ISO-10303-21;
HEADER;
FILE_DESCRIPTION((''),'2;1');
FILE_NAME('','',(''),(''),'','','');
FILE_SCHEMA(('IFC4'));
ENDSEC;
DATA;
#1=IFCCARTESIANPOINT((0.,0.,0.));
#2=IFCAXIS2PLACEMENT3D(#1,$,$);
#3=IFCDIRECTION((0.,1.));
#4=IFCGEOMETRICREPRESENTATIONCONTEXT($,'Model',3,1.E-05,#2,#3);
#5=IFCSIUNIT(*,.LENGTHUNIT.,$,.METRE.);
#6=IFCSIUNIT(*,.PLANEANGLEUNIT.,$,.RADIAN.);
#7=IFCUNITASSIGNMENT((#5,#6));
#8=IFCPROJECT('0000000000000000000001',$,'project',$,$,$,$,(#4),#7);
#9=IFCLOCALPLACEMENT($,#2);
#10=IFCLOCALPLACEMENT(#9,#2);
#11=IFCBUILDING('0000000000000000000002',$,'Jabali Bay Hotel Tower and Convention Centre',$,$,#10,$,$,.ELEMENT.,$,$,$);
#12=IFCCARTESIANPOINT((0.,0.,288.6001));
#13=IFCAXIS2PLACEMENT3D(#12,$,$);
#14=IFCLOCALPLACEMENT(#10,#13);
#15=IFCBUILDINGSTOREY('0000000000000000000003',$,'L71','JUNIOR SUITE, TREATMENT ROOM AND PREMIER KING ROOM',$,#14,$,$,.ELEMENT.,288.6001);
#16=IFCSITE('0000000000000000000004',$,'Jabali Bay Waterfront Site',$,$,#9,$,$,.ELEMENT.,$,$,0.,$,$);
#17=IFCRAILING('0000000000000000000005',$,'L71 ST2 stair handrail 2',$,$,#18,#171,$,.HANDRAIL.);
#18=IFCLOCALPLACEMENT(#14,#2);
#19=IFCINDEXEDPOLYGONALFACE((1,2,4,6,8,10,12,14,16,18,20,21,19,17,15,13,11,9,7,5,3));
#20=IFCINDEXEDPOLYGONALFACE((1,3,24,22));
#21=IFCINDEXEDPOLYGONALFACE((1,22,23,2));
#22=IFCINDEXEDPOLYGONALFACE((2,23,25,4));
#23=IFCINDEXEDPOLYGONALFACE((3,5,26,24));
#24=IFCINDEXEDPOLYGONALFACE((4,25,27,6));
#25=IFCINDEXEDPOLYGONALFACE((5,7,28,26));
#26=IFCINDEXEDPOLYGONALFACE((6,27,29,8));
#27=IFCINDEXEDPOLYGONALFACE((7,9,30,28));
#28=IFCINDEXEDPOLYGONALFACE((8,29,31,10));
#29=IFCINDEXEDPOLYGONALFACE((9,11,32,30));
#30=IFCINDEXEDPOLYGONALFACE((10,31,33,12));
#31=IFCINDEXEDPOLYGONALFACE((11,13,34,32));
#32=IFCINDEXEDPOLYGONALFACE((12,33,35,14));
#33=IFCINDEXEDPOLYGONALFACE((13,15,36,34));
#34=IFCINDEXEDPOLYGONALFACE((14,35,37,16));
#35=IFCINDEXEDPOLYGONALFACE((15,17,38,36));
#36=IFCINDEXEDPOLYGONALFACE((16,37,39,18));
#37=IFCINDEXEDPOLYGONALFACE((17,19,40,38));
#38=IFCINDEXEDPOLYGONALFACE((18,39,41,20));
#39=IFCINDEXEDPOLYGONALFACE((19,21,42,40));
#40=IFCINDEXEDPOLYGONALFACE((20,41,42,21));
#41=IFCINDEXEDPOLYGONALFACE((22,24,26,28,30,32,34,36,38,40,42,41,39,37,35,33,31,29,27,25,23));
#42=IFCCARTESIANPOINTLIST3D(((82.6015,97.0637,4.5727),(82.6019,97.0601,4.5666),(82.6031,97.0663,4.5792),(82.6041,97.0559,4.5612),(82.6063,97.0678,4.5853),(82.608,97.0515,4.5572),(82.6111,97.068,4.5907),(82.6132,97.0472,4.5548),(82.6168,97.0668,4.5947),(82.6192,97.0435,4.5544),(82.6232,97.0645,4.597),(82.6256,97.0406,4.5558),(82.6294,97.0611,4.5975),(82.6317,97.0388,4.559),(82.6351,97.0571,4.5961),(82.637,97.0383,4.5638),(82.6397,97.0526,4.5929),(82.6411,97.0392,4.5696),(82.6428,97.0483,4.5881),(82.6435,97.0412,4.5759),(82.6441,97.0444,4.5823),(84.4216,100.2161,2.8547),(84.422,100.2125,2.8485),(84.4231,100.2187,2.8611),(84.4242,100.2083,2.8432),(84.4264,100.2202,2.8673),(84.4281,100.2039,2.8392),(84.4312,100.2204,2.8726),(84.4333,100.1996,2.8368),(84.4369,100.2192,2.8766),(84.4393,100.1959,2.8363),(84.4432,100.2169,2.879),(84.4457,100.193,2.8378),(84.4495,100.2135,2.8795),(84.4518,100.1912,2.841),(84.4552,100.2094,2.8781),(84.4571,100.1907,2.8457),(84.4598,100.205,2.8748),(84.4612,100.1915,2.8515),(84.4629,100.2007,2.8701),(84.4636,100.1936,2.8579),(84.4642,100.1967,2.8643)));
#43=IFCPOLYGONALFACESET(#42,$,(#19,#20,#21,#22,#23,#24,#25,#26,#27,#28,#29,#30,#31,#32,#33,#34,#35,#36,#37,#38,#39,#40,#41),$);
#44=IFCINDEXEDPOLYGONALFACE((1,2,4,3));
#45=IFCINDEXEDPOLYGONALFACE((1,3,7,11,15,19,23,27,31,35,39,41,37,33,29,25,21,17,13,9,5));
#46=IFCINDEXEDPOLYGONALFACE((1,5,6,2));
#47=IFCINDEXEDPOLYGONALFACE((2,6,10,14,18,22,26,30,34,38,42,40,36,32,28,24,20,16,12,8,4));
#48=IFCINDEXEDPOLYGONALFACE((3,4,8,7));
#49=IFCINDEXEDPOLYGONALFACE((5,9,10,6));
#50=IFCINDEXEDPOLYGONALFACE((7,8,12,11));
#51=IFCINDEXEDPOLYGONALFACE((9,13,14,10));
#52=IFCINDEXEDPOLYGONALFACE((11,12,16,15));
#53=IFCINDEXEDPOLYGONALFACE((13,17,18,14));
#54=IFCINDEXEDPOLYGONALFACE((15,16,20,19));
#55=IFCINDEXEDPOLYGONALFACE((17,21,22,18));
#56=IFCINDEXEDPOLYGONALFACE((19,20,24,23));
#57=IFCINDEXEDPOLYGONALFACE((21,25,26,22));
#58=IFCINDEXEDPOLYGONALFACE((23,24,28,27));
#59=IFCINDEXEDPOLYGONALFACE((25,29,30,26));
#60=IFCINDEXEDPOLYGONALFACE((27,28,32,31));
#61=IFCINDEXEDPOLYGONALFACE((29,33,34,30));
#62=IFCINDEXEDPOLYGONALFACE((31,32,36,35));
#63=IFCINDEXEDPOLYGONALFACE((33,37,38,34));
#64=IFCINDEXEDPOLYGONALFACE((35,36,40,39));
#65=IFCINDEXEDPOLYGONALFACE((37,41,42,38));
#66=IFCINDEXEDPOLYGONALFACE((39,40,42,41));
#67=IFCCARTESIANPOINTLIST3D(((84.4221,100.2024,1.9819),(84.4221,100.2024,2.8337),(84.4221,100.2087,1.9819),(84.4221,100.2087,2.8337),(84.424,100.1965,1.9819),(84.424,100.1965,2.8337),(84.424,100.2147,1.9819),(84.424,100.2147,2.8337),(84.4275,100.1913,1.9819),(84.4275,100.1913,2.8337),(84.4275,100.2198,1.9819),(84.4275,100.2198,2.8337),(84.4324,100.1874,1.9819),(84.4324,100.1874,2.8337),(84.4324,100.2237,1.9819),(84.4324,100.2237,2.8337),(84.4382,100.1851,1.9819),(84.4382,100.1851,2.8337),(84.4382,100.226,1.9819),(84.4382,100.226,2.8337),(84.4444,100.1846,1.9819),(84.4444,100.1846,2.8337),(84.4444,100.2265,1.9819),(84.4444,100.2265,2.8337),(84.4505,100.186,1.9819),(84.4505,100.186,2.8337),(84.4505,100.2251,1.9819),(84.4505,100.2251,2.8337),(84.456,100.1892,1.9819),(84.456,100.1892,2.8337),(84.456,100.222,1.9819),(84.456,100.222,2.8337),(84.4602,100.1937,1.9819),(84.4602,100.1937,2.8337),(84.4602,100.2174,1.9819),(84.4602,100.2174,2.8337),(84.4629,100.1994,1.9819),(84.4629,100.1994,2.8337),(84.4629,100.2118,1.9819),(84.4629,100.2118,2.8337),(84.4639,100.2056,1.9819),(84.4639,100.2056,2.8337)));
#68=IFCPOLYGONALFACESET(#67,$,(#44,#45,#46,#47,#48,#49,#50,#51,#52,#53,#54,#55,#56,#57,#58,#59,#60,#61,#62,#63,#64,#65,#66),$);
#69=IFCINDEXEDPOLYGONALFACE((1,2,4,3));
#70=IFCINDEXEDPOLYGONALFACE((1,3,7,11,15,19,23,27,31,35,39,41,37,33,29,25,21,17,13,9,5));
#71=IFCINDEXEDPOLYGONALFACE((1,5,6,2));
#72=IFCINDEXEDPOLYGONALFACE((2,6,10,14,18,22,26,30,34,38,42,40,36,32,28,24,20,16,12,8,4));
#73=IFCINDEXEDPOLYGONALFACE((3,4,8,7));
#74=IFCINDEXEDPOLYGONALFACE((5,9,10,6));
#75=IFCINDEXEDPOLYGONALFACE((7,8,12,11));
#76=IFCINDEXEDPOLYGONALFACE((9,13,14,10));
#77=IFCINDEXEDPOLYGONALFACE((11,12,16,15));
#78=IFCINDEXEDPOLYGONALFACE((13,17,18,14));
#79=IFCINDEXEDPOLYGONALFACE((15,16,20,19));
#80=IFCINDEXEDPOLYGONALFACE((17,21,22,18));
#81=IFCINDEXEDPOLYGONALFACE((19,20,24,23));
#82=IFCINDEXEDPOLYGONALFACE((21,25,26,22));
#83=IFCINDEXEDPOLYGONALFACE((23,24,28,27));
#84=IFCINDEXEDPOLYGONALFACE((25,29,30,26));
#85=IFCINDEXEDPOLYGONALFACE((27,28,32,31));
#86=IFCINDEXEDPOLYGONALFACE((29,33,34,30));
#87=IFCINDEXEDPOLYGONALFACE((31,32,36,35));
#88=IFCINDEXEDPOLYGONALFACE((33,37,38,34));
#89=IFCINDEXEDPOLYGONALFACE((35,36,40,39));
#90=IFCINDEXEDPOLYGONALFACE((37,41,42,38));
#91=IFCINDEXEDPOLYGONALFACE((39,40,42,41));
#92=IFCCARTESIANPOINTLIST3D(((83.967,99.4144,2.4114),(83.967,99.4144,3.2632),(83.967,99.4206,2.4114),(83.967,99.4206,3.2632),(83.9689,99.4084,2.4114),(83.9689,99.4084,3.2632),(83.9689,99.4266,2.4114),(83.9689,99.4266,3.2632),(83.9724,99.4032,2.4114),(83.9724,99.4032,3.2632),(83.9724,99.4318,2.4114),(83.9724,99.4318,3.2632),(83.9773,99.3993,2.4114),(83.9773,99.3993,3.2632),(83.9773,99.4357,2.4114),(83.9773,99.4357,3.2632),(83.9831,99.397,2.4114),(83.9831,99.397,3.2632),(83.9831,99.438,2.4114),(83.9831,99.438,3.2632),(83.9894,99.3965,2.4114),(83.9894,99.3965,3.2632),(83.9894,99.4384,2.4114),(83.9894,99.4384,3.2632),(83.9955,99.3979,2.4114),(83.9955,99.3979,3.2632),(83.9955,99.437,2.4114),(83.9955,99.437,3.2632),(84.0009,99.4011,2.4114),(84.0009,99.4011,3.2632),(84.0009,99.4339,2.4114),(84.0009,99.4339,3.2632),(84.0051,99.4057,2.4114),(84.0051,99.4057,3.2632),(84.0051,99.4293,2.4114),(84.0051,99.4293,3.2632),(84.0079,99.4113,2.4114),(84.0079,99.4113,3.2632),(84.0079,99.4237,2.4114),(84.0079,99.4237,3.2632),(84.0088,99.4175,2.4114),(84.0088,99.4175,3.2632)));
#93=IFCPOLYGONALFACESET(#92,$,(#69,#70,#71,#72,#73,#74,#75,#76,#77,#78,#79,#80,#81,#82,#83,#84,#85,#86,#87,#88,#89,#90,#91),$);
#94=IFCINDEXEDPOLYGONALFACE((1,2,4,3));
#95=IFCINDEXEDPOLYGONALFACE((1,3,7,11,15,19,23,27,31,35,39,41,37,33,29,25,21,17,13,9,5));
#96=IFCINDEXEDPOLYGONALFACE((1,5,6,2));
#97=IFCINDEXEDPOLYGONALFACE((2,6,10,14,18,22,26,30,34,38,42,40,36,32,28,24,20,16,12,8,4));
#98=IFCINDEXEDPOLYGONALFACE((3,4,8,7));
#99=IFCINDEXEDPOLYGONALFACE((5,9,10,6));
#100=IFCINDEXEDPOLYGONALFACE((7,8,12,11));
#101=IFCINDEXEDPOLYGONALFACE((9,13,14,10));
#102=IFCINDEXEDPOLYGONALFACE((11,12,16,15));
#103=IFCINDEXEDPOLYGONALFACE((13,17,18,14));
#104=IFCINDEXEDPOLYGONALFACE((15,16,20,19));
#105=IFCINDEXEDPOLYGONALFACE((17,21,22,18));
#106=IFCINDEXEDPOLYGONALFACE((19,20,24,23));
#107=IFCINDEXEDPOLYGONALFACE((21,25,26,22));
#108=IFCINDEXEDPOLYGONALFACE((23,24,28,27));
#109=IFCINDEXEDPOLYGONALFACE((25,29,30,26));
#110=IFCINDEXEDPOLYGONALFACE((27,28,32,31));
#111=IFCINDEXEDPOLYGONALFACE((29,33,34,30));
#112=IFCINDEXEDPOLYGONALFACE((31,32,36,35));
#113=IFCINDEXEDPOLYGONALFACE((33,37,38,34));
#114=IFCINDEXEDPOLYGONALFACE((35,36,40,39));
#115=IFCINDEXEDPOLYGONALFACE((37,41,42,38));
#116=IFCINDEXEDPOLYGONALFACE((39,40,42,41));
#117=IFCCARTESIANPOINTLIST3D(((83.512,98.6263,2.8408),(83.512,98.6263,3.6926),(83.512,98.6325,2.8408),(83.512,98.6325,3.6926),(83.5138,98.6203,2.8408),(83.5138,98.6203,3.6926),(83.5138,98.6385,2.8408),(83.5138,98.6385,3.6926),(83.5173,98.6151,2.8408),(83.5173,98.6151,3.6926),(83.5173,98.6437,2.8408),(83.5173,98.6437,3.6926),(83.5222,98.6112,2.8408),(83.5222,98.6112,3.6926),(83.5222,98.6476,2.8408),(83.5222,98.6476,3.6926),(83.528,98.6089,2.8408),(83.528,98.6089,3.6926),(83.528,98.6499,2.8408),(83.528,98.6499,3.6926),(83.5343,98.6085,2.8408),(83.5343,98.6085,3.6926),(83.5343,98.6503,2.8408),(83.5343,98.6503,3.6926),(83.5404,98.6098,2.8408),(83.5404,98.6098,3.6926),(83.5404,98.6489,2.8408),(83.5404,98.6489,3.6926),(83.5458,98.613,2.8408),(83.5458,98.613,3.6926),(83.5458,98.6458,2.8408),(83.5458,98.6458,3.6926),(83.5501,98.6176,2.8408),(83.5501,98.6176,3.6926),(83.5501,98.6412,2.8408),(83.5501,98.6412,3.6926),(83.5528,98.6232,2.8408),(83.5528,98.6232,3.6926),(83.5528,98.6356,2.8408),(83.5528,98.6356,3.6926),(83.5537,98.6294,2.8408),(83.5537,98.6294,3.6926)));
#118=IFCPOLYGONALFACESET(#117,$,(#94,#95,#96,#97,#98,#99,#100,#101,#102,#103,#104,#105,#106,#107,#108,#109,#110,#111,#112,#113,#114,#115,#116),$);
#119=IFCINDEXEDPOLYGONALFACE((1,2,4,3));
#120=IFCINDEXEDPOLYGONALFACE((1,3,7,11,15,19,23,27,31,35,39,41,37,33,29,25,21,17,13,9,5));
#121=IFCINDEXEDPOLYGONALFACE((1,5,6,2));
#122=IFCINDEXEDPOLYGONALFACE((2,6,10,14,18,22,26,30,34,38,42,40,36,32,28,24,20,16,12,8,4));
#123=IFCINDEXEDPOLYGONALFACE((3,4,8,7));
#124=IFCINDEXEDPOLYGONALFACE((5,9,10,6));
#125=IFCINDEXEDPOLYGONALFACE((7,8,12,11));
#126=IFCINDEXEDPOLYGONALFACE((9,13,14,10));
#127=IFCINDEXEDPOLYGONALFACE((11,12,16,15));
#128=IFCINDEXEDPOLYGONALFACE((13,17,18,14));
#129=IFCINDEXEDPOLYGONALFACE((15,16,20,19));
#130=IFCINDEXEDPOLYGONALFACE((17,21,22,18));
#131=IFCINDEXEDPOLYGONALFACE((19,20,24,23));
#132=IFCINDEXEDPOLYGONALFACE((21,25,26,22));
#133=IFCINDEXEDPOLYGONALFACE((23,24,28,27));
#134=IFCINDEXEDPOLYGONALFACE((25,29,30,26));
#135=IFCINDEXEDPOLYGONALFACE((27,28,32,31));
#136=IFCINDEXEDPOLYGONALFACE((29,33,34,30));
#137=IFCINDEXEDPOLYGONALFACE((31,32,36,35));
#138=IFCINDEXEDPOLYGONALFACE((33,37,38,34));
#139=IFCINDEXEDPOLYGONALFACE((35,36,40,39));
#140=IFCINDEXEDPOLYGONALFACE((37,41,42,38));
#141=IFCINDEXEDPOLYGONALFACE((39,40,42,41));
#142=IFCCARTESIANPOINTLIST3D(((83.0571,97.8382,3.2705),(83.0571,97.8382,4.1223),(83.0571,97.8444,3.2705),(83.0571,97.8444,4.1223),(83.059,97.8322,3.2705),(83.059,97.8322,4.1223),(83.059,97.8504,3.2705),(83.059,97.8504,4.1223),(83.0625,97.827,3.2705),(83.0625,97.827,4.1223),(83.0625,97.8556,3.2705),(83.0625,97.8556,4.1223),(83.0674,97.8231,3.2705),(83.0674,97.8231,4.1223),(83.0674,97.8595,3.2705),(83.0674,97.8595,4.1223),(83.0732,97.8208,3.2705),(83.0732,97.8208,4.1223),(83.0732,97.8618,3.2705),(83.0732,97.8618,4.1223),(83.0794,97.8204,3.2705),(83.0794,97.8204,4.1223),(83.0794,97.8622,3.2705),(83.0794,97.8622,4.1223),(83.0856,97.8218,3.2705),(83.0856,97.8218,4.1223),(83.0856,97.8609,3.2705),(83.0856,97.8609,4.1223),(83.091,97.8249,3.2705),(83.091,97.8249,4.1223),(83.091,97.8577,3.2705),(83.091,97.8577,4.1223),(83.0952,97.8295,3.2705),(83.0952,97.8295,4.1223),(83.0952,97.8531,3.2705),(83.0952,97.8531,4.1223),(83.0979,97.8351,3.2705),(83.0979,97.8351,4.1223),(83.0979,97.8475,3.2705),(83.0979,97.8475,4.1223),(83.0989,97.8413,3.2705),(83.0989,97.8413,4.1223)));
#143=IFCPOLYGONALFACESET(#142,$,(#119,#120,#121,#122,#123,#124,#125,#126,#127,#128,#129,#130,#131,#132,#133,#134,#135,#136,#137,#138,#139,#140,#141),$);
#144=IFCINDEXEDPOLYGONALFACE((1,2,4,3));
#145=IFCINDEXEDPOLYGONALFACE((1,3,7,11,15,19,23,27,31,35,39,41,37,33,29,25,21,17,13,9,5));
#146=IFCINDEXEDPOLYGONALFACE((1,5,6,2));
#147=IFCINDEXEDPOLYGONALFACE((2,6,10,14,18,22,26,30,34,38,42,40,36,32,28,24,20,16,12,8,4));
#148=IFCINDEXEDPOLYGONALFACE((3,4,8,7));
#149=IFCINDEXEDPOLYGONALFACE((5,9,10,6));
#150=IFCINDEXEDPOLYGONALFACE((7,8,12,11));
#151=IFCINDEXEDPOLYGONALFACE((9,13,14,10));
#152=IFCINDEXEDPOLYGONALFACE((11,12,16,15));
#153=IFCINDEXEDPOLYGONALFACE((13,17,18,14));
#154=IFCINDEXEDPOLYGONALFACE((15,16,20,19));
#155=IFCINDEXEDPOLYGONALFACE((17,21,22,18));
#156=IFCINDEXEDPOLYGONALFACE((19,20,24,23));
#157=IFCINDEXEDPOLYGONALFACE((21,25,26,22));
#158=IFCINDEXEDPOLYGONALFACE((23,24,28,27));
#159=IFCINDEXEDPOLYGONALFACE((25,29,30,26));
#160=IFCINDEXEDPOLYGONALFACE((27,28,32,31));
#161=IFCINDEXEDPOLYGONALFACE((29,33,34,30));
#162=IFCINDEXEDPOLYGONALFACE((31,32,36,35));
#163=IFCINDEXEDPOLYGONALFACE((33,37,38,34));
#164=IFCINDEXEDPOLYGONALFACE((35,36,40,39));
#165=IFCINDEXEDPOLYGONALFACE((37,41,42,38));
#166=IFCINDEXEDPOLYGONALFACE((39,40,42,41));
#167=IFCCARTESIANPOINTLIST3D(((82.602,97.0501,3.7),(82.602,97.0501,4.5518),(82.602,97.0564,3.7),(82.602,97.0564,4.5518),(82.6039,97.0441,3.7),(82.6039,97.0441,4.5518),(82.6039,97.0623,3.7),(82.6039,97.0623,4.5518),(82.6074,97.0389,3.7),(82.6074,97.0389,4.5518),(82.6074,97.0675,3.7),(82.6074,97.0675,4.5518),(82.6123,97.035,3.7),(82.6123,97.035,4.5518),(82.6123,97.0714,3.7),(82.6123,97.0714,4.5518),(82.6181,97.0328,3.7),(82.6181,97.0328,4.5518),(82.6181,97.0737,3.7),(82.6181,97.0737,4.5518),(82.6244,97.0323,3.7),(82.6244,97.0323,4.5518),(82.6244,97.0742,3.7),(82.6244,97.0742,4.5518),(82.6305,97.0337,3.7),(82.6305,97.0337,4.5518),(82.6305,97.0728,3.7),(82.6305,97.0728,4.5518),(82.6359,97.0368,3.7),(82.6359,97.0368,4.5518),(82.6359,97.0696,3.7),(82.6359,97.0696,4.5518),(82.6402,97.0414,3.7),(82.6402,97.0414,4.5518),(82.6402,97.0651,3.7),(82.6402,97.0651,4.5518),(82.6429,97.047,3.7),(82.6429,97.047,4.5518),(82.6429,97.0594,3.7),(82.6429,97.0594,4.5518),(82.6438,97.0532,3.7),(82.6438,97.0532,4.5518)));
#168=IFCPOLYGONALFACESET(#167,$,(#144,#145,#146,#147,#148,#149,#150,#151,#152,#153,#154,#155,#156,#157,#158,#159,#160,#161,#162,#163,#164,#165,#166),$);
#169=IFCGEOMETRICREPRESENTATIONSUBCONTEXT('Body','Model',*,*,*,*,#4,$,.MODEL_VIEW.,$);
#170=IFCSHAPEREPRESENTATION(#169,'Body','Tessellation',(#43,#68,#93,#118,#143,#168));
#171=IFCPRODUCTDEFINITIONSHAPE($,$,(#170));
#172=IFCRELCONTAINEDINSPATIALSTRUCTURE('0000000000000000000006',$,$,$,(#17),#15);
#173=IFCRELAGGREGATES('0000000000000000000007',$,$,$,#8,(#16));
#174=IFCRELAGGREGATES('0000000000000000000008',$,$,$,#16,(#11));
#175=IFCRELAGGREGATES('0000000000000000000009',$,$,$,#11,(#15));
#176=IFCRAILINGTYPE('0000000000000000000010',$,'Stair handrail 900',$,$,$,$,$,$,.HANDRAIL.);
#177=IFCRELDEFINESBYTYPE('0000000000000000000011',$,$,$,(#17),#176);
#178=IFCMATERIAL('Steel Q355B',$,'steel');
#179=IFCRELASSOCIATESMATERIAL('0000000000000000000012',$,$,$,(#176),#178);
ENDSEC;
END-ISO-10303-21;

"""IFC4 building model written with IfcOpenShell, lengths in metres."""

from ifc_helpers import new_model, si_unit, direction, frame, origin, origin_2d, place, context, subcontext, project, spatial, circle, extrude, material, type_object, element, save


model = new_model("IFC4")

# Units and contexts
model_context = context("Model", 3, precision=1e-05, world=origin(), true_north=direction((0.0, 1.0)))
body_context = subcontext(model_context, "Body", "Model", "MODEL_VIEW")
ifc_project = project(units=[si_unit("LENGTHUNIT", "METRE"), si_unit("PLANEANGLEUNIT", "RADIAN")], contexts=[model_context])

# Site, building, storey
site_placement = place(None, origin())
site = spatial("IfcSite", under=ifc_project, at=site_placement, Name="Jabali Bay Waterfront Site", CompositionType="ELEMENT", RefElevation=0.0)
building_placement = place(site_placement, origin())
building = spatial("IfcBuilding", under=site, at=building_placement, Name="Jabali Bay Hotel Tower and Convention Centre", CompositionType="ELEMENT")
storey_placement = place(building_placement, frame((0.0, 0.0, 288.6001)))
storey = spatial("IfcBuildingStorey", under=building, at=storey_placement, Name="L71", Description="JUNIOR SUITE, TREATMENT ROOM AND PREMIER KING ROOM", CompositionType="ELEMENT", Elevation=288.6001)

# Railing
ifc_material_1 = material(Name="Steel Q355B", Category="steel")
railing_type = type_object("IfcRailingType", Name="Stair handrail 900", PredefinedType="HANDRAIL", material=ifc_material_1)
railing_placement = place(storey_placement, frame((84.4429, 100.2056, 1.9819)))
element("IfcRailing", 1, at=railing_placement, inside=storey, type_object=railing_type, Name="L71 ST2 stair handrail 2", PredefinedType="HANDRAIL", context=body_context, shape_type="SweptSolid", body=[
    extrude(circle(Radius=0.0239, at=origin_2d()), frame((0.0, 0.0, 0.876), z_axis=(-0.452179, -0.78317, 0.426825), x_axis=(0.866018, -0.500013, 0.0)), (0.0, 0.0, 1.0), 4.0251),
    extrude(circle(Radius=0.021, at=origin_2d()), origin(), (0.0, 0.0, 1.0), 0.8518),
    extrude(circle(Radius=0.021, at=origin_2d()), frame((-0.4551, -0.7881, 0.4294)), (0.0, 0.0, 1.0), 0.8518),
    extrude(circle(Radius=0.021, at=origin_2d()), frame((-0.9102, -1.5762, 0.8589)), (0.0, 0.0, 1.0), 0.8518),
    extrude(circle(Radius=0.021, at=origin_2d()), frame((-1.365, -2.3643, 1.2886)), (0.0, 0.0, 1.0), 0.8518),
    extrude(circle(Radius=0.021, at=origin_2d()), frame((-1.8201, -3.1523, 1.718)), (0.0, 0.0, 1.0), 0.8518),
])

save(model, "model.ifc")
